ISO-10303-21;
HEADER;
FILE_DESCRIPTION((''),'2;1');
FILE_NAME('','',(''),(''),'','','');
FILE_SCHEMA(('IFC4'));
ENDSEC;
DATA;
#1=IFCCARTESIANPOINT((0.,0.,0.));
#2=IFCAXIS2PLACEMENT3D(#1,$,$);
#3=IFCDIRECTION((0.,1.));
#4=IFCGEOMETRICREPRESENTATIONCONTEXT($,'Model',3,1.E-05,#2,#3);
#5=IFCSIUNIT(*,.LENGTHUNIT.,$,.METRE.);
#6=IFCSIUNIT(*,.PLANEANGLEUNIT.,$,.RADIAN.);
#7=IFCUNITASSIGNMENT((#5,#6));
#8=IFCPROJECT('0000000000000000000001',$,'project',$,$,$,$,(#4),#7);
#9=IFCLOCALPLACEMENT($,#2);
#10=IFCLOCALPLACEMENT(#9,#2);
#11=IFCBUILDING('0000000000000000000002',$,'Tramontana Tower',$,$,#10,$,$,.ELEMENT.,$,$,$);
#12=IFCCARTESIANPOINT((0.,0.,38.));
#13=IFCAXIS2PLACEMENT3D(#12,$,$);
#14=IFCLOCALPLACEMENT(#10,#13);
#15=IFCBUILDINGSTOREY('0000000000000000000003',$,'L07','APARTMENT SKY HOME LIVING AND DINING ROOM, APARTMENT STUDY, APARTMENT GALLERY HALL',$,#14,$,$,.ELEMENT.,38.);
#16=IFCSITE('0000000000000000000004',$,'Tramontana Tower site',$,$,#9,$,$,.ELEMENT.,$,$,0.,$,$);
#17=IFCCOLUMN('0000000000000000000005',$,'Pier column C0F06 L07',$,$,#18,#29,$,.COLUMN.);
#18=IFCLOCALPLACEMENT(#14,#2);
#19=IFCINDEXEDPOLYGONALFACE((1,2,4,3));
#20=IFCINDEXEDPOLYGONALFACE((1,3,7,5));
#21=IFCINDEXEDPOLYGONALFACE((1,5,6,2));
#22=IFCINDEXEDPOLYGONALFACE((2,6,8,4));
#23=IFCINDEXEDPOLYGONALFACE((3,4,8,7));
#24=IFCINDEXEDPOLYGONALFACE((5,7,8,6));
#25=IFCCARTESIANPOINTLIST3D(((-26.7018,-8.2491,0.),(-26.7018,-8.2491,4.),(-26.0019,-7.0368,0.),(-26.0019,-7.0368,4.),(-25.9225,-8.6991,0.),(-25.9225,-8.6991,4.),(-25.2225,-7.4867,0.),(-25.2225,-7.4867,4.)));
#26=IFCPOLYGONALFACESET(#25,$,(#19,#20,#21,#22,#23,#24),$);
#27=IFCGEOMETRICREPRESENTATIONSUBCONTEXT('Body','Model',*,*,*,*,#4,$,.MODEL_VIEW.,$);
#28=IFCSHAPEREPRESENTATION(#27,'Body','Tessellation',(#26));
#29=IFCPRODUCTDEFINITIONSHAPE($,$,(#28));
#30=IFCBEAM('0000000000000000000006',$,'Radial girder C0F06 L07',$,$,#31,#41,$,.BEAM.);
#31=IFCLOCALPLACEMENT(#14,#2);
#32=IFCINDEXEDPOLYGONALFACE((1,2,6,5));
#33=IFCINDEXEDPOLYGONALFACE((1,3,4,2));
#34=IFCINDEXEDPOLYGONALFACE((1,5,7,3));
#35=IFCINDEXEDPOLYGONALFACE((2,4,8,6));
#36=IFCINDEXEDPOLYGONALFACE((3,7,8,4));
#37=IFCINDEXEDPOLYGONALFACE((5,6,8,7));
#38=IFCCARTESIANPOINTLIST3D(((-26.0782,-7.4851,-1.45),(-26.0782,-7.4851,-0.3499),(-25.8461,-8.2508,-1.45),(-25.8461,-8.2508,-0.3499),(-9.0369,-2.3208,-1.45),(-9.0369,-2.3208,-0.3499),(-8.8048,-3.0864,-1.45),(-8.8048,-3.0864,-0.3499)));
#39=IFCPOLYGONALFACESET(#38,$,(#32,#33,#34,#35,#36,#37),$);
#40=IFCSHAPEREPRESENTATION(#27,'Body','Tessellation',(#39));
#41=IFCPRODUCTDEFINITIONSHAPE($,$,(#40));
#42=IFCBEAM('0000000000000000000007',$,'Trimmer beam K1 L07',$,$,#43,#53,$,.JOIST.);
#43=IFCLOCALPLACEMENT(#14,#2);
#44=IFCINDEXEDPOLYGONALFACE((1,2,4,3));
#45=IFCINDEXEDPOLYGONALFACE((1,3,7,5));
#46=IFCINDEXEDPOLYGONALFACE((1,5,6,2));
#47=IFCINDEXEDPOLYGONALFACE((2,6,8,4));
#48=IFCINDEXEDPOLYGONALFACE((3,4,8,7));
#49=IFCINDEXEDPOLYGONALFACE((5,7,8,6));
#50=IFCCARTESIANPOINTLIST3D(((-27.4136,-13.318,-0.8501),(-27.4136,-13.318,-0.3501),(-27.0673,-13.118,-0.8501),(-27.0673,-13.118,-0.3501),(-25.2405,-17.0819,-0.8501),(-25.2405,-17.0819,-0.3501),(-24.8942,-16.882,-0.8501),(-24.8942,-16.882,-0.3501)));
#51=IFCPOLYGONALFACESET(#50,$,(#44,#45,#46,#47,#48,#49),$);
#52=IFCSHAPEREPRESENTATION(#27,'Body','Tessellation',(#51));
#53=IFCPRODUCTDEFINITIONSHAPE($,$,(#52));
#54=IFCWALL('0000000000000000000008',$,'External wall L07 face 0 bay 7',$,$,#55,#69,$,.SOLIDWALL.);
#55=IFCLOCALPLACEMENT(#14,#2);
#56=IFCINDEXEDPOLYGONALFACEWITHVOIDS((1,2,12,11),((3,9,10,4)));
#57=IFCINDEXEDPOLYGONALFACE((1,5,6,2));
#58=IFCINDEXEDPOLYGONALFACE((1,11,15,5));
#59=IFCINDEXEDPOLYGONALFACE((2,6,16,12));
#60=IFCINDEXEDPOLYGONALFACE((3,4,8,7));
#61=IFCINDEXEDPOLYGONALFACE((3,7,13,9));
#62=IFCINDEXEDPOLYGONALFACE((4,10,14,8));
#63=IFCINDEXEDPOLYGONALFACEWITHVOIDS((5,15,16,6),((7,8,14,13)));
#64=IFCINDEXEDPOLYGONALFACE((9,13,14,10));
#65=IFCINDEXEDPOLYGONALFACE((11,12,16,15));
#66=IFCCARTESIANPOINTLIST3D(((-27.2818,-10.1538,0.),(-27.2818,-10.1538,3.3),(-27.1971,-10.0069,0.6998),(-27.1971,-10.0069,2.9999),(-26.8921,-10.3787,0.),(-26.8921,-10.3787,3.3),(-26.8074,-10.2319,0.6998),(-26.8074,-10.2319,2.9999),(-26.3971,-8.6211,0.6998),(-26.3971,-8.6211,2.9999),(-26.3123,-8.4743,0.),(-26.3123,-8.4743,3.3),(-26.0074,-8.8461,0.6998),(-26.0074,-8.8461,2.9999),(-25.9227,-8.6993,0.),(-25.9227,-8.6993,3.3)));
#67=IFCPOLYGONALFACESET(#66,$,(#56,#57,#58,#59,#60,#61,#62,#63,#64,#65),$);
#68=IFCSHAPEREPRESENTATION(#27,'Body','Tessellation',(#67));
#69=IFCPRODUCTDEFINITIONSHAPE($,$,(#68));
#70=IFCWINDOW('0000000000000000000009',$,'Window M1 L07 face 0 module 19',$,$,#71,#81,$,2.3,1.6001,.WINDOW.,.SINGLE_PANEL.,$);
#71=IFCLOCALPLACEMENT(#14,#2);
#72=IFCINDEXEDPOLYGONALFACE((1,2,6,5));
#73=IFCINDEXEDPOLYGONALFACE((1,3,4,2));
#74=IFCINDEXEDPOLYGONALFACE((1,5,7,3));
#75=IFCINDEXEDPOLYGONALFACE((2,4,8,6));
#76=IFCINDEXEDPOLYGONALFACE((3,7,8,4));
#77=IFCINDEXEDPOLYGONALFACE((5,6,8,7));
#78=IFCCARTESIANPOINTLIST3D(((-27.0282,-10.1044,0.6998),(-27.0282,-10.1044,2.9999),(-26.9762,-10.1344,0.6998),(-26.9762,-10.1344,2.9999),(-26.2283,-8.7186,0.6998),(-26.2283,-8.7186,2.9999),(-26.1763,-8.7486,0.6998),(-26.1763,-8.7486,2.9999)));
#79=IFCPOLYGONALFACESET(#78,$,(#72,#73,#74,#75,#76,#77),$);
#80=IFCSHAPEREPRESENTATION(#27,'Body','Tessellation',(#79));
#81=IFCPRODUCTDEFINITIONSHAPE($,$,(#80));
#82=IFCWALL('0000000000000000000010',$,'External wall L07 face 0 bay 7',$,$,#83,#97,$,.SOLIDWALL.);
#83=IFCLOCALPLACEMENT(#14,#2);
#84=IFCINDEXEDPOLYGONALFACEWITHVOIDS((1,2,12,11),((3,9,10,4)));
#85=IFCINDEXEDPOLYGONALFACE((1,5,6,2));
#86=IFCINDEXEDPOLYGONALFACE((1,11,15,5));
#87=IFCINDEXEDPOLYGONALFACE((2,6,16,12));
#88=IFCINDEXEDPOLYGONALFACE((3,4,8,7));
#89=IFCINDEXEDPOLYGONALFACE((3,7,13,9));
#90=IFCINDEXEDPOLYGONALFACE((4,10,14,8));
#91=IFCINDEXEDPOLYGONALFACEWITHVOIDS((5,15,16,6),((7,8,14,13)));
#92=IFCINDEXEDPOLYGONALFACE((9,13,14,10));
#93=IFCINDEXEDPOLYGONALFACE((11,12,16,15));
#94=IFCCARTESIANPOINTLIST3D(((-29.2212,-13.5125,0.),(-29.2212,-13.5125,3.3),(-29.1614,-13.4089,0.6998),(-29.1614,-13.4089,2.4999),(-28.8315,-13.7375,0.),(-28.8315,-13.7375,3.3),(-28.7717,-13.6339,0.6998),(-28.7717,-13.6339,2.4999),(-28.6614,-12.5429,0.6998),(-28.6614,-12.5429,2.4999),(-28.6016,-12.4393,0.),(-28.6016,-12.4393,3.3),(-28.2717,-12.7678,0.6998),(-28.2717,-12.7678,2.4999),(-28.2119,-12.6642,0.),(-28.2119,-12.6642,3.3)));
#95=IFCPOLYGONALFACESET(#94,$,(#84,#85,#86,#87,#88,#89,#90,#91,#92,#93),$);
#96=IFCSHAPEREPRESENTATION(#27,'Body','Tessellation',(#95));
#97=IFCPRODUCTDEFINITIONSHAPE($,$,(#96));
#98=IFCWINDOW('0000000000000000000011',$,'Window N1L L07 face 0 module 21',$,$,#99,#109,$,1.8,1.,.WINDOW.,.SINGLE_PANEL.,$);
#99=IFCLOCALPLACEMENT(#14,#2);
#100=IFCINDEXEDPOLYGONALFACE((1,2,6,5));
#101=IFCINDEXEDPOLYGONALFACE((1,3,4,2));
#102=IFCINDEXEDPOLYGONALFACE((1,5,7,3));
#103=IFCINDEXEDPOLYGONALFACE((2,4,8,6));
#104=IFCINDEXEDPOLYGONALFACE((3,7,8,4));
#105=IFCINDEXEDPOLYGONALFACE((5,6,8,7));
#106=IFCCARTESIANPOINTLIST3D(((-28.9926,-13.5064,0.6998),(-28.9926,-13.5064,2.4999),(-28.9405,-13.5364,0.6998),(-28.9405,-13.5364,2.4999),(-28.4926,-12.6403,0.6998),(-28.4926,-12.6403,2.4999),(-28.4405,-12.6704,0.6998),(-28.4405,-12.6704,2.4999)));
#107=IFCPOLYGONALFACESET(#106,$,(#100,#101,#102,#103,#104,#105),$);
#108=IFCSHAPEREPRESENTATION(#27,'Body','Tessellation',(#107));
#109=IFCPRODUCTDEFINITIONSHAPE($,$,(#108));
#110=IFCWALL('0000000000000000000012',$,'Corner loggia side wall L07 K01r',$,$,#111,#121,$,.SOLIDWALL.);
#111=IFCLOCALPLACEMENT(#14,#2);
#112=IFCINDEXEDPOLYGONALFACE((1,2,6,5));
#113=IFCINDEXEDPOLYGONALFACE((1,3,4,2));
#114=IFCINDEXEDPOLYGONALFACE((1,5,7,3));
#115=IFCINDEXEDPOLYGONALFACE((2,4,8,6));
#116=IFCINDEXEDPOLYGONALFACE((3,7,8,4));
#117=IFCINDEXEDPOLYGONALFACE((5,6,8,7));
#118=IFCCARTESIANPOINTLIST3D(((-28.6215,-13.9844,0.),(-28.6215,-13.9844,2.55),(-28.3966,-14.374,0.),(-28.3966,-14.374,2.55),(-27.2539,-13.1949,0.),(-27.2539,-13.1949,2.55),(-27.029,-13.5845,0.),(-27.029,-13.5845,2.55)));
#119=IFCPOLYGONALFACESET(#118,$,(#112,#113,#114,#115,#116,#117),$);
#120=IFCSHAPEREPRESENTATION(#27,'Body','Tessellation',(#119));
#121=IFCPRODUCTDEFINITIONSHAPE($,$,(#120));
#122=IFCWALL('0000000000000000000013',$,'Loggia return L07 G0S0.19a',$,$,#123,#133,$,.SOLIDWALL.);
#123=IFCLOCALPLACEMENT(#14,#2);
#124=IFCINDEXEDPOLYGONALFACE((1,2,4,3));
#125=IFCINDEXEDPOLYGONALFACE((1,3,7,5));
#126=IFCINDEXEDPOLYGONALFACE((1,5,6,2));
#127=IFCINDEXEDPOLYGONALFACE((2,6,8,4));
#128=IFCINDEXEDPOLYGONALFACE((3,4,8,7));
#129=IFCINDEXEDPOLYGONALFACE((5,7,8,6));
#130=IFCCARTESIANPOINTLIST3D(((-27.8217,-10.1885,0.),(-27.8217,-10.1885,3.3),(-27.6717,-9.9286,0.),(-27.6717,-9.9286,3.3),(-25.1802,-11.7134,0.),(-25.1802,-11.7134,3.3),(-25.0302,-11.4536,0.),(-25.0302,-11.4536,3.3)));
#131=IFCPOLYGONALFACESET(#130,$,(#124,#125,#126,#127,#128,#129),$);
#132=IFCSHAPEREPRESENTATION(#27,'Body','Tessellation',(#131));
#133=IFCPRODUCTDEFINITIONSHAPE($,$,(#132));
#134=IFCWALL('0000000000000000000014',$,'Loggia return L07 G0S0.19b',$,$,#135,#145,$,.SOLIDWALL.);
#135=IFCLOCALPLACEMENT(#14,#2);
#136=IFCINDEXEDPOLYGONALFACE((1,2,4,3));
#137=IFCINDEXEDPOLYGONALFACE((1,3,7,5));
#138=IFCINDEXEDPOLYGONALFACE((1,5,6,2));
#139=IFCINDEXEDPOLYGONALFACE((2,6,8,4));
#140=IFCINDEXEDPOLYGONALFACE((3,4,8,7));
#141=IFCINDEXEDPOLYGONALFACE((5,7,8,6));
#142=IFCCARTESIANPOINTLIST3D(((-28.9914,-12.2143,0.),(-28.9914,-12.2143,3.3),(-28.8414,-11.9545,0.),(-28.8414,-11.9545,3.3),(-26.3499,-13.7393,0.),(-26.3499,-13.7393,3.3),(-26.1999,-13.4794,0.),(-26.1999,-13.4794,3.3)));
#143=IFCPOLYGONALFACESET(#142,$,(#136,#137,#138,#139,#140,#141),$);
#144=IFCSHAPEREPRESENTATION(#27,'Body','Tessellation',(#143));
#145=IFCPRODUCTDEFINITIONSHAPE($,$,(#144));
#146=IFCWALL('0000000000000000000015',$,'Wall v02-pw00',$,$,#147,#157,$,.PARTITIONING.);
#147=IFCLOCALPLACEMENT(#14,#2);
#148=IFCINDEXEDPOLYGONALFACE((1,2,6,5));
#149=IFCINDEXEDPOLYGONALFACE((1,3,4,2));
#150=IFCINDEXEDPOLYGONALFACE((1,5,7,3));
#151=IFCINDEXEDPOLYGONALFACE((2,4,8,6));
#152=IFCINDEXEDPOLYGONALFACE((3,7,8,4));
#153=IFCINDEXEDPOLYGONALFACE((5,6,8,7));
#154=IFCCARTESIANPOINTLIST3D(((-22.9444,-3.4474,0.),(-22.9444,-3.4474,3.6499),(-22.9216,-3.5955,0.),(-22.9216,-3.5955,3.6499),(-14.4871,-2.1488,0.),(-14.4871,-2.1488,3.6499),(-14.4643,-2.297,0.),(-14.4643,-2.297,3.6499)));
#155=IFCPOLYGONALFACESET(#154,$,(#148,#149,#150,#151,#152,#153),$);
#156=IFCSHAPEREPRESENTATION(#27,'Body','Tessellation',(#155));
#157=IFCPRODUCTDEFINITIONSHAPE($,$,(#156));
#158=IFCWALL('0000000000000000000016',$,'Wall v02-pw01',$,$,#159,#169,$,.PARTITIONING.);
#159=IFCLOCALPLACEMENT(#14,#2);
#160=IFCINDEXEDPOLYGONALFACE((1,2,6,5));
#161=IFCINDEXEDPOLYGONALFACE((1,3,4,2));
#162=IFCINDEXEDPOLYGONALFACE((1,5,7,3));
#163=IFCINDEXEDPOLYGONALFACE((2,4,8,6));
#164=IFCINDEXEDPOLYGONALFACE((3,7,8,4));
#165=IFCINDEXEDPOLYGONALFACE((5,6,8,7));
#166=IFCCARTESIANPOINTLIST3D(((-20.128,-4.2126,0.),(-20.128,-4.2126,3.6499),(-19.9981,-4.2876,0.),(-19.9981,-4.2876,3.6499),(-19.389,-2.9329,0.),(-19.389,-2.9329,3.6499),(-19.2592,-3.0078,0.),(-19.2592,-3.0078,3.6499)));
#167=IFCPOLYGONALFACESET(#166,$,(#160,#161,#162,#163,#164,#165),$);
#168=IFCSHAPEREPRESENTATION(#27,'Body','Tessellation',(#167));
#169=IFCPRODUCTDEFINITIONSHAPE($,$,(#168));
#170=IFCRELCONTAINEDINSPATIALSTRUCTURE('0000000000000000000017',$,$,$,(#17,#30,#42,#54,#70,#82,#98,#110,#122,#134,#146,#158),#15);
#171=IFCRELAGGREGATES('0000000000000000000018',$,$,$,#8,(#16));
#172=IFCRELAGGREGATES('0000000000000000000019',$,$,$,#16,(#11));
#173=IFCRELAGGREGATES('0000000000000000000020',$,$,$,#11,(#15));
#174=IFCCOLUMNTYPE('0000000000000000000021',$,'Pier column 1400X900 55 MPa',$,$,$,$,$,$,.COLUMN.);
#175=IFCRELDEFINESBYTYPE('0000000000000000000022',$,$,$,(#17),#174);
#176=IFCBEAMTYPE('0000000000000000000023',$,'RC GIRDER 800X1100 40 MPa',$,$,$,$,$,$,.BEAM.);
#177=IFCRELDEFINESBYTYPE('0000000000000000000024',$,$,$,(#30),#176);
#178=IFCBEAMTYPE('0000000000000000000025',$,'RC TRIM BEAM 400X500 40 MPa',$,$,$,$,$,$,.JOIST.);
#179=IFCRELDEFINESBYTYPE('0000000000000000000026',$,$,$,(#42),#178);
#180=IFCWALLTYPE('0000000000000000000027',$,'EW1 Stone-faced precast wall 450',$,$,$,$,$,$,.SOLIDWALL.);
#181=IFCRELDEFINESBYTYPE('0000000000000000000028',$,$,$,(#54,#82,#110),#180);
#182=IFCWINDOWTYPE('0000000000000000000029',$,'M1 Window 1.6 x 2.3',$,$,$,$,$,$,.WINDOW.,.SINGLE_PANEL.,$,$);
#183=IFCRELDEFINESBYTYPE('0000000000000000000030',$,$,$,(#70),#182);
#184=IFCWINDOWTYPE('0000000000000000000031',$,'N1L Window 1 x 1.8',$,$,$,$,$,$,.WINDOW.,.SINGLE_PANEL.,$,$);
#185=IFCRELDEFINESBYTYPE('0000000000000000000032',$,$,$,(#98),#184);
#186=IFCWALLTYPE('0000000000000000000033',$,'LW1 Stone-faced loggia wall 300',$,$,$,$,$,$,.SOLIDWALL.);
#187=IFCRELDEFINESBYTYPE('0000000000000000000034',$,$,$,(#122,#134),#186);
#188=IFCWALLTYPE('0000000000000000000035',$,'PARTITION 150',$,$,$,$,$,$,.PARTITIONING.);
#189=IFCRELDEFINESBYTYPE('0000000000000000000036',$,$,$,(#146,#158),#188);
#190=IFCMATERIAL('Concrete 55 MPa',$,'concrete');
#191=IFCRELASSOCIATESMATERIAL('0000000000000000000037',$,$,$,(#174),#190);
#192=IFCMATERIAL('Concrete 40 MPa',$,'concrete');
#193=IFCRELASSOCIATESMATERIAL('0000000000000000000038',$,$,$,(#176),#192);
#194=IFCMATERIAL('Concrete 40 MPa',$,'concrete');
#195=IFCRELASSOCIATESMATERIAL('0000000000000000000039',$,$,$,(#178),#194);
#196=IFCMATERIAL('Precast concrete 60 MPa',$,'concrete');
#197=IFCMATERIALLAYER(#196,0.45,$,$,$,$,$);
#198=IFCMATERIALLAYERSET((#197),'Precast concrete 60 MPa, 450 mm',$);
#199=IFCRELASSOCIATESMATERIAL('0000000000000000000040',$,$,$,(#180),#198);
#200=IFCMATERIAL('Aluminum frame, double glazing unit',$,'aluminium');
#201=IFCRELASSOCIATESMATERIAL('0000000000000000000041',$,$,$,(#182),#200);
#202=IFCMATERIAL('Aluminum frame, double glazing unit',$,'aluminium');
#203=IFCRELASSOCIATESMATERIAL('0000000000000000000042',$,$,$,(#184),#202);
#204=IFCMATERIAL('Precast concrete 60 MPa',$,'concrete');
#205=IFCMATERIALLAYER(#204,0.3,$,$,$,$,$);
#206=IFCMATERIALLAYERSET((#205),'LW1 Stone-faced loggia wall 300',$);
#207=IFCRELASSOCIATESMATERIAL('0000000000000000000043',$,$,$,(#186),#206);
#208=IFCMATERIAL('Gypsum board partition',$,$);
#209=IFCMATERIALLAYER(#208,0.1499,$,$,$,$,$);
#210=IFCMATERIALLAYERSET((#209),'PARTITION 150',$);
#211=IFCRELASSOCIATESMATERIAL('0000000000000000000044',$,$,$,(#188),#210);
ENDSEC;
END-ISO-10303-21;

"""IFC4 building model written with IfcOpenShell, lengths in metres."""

from ifc_helpers import new_model, si_unit, direction, frame, frame_2d, origin, origin_2d, place, context, subcontext, project, spatial, rectangle, extrude, material, layer, layer_set, material_profile, profile_set, type_object, element, fill, save


model = new_model("IFC4")

# Units and contexts
model_context = context("Model", 3, precision=1e-05, world=origin(), true_north=direction((0.0, 1.0)))
body_context = subcontext(model_context, "Body", "Model", "MODEL_VIEW")
ifc_project = project(units=[si_unit("LENGTHUNIT", "METRE"), si_unit("PLANEANGLEUNIT", "RADIAN")], contexts=[model_context])

# Site, building, storey
site_placement = place(None, origin())
site = spatial("IfcSite", under=ifc_project, at=site_placement, Name="Tramontana Tower site", CompositionType="ELEMENT", RefElevation=0.0)
building_placement = place(site_placement, origin())
building = spatial("IfcBuilding", under=site, at=building_placement, Name="Tramontana Tower", CompositionType="ELEMENT")
storey_placement = place(building_placement, frame((0.0, 0.0, 38.0)))
storey = spatial("IfcBuildingStorey", under=building, at=storey_placement, Name="L07", Description="APARTMENT SKY HOME LIVING AND DINING ROOM, APARTMENT STUDY, APARTMENT GALLERY HALL", CompositionType="ELEMENT", Elevation=38.0)

# Column
ifc_material_1 = material(Name="Concrete 55 MPa", Category="concrete")
ifc_material_profile_1 = material_profile(ifc_material_1, rectangle(XDim=1.3999, YDim=0.8999, at=origin_2d()), Name="Pier column 1400X900 55 MPa")
ifc_profile_set_1 = profile_set([ifc_material_profile_1], Name="Concrete 55 MPa")
column_type = type_object("IfcColumnType", Name="Pier column 1400X900 55 MPa", PredefinedType="COLUMN", material=ifc_profile_set_1)
column_placement = place(storey_placement, frame((-25.9622, -7.8679, 0.0), z_axis=(0.0, 0.0, 1.0), x_axis=(-0.5, -0.866025, 0.0)))
element("IfcColumn", 1, at=column_placement, inside=storey, type_object=column_type, Name="Pier column C0F06 L07", PredefinedType="COLUMN", context=body_context, shape_type="SweptSolid", body=[
    extrude(rectangle(XDim=1.3999, YDim=0.8999, at=origin_2d()), origin(), (0.0, 0.0, 1.0), 4.0),
])

# Beams
ifc_material_2 = material(Name="Concrete 40 MPa", Category="concrete")
ifc_material_profile_2 = material_profile(ifc_material_2, rectangle(XDim=0.8, YDim=1.1001, at=origin_2d()), Name="RC GIRDER 800X1100 40 MPa")
ifc_profile_set_2 = profile_set([ifc_material_profile_2], Name="Concrete 40 MPa")
beam_type_1 = type_object("IfcBeamType", Name="RC GIRDER 800X1100 40 MPa", PredefinedType="BEAM", material=ifc_profile_set_2)
beam_1_placement = place(storey_placement, frame((-25.9622, -7.8679, -0.8999), z_axis=(0.95702, 0.290022, 0.0), x_axis=(-0.290022, 0.95702, 0.0)))
element("IfcBeam", 2, at=beam_1_placement, inside=storey, type_object=beam_type_1, Name="Radial girder C0F06 L07", PredefinedType="BEAM", context=body_context, shape_type="SweptSolid", body=[
    extrude(rectangle(XDim=0.8, YDim=1.1001, at=origin_2d()), origin(), (0.0, 0.0, 1.0), 17.8066),
])
ifc_material_3 = material(Name="Concrete 40 MPa", Category="concrete")
ifc_material_profile_3 = material_profile(ifc_material_3, rectangle(XDim=0.3999, YDim=0.5, at=origin_2d()), Name="RC TRIM BEAM 400X500 40 MPa")
ifc_profile_set_3 = profile_set([ifc_material_profile_3], Name="Concrete 40 MPa")
beam_type_2 = type_object("IfcBeamType", Name="RC TRIM BEAM 400X500 40 MPa", PredefinedType="JOIST", material=ifc_profile_set_3)
beam_2_placement = place(storey_placement, frame((-27.2405, -13.218, -0.6001), z_axis=(0.5, -0.866026, 0.0), x_axis=(0.866026, 0.5, 0.0)))
element("IfcBeam", 3, at=beam_2_placement, inside=storey, type_object=beam_type_2, Name="Trimmer beam K1 L07", PredefinedType="JOIST", context=body_context, shape_type="SweptSolid", body=[
    extrude(rectangle(XDim=0.3999, YDim=0.5, at=origin_2d()), origin(), (0.0, 0.0, 1.0), 4.3462),
])

# Walls, openings, windows
ifc_material_4 = material(Name="Precast concrete 60 MPa", Category="concrete")
ifc_layer_1 = layer(ifc_material_4, 0.45)
ifc_layer_set_1 = layer_set([ifc_layer_1], Name="Precast concrete 60 MPa, 450 mm")
wall_type_1 = type_object("IfcWallType", Name="EW1 Stone-faced precast wall 450", PredefinedType="SOLIDWALL", material=ifc_layer_set_1)
wall_1_placement = place(storey_placement, frame((-26.1174, -8.5867, 0.0), z_axis=(0.0, 0.0, 1.0), x_axis=(-0.499944, -0.866058, 0.0)))
wall_1 = element("IfcWall", 4, at=wall_1_placement, inside=storey, type_object=wall_type_1, Name="External wall L07 face 0 bay 7", PredefinedType="SOLIDWALL", context=body_context, shape_type="SweptSolid", body=[
    extrude(rectangle(XDim=1.9392, YDim=0.45, at=frame_2d((0.9697, 0.0))), origin(), (0.0, 0.0, 1.0), 3.3),
])
opening_1_placement = place(wall_1_placement, frame((0.1697, 0.0, 0.7)))
opening_1 = element("IfcOpeningElement", 5, at=opening_1_placement, cuts=wall_1, PredefinedType="OPENING", context=body_context, shape_type="SweptSolid", body=[
    extrude(rectangle(XDim=1.6001, YDim=2.3, at=frame_2d((0.8, 1.1499))), frame((0.0, 0.2349, 0.0), z_axis=(0.0, -1.0, 0.0), x_axis=(1.0, 0.0, 0.0)), (0.0, 0.0, 1.0), 0.47),
])
ifc_material_5 = material(Name="Aluminum frame, double glazing unit", Category="aluminium")
window_type_1 = type_object("IfcWindowType", Name="M1 Window 1.6 x 2.3", PartitioningType="SINGLE_PANEL", PredefinedType="WINDOW", material=ifc_material_5)
window_1_placement = place(opening_1_placement, origin())
window_1 = element("IfcWindow", 6, at=window_1_placement, inside=storey, type_object=window_type_1, Name="Window M1 L07 face 0 module 19", OverallHeight=2.3, OverallWidth=1.6001, PartitioningType="SINGLE_PANEL", PredefinedType="WINDOW", context=body_context, shape_type="SweptSolid", body=[
    extrude(rectangle(XDim=1.6001, YDim=2.3, at=frame_2d((0.8, 1.1499))), frame((0.0, 0.03, 0.0), z_axis=(0.0, -1.0, 0.0), x_axis=(1.0, 0.0, 0.0)), (0.0, 0.0, 1.0), 0.0601),
])
fill(opening_1, window_1)
wall_2_placement = place(storey_placement, frame((-28.4067, -12.5518, 0.0), z_axis=(0.0, 0.0, 1.0), x_axis=(-0.499995, -0.866028, 0.0)))
wall_2 = element("IfcWall", 7, at=wall_2_placement, inside=storey, type_object=wall_type_1, Name="External wall L07 face 0 bay 7", PredefinedType="SOLIDWALL", context=body_context, shape_type="SweptSolid", body=[
    extrude(rectangle(XDim=1.2393, YDim=0.45, at=frame_2d((0.6196, 0.0))), origin(), (0.0, 0.0, 1.0), 3.3),
])
opening_2_placement = place(wall_2_placement, frame((0.1196, 0.0, 0.7)))
opening_2 = element("IfcOpeningElement", 8, at=opening_2_placement, cuts=wall_2, PredefinedType="OPENING", context=body_context, shape_type="SweptSolid", body=[
    extrude(rectangle(XDim=1.0, YDim=1.8, at=frame_2d((0.5, 0.8999))), frame((0.0, 0.2349, 0.0), z_axis=(0.0, -1.0, 0.0), x_axis=(1.0, 0.0, 0.0)), (0.0, 0.0, 1.0), 0.47),
])
ifc_material_6 = material(Name="Aluminum frame, double glazing unit", Category="aluminium")
window_type_2 = type_object("IfcWindowType", Name="N1L Window 1 x 1.8", PartitioningType="SINGLE_PANEL", PredefinedType="WINDOW", material=ifc_material_6)
window_2_placement = place(opening_2_placement, origin())
window_2 = element("IfcWindow", 9, at=window_2_placement, inside=storey, type_object=window_type_2, Name="Window N1L L07 face 0 module 21", OverallHeight=1.8, OverallWidth=1.0, PartitioningType="SINGLE_PANEL", PredefinedType="WINDOW", context=body_context, shape_type="SweptSolid", body=[
    extrude(rectangle(XDim=1.0, YDim=1.8, at=frame_2d((0.5, 0.8999))), frame((0.0, 0.03, 0.0), z_axis=(0.0, -1.0, 0.0), x_axis=(1.0, 0.0, 0.0)), (0.0, 0.0, 1.0), 0.0601),
])
fill(opening_2, window_2)

# Wall
wall_3_placement = place(storey_placement, frame((-28.509, -14.1792, 0.0), z_axis=(0.0, 0.0, 1.0), x_axis=(0.866047, 0.499963, 0.0)))
element("IfcWall", 10, at=wall_3_placement, inside=storey, type_object=wall_type_1, Name="Corner loggia side wall L07 K01r", PredefinedType="SOLIDWALL", context=body_context, shape_type="SweptSolid", body=[
    extrude(rectangle(XDim=1.5791, YDim=0.45, at=frame_2d((0.7896, 0.0))), origin(), (0.0, 0.0, 1.0), 2.55),
])

# Shared definitions
ifc_material_7 = material(Name="Precast concrete 60 MPa", Category="concrete")
ifc_layer_2 = layer(ifc_material_7, 0.3)
ifc_layer_set_2 = layer_set([ifc_layer_2], Name="LW1 Stone-faced loggia wall 300")
wall_type_2 = type_object("IfcWallType", Name="LW1 Stone-faced loggia wall 300", PredefinedType="SOLIDWALL", material=ifc_layer_set_2)

# Walls
for number, where, z_axis, x_axis, name in (
    (11, (-27.7466, -10.0586, 0.0), (0.0, 0.0, 1.0), (0.866038, -0.499979, 0.0), "Loggia return L07 G0S0.19a"),
    (12, (-28.9163, -12.0845, 0.0), (0.0, 0.0, 1.0), (0.866038, -0.499979, 0.0), "Loggia return L07 G0S0.19b"),
):
    element("IfcWall", number, at=place(storey_placement, frame(where, z_axis=z_axis, x_axis=x_axis)), inside=storey, type_object=wall_type_2, Name=name, PredefinedType="SOLIDWALL", context=body_context, shape_type="SweptSolid", body=[
        extrude(rectangle(XDim=3.05, YDim=0.3, at=frame_2d((1.5249, 0.0))), origin(), (0.0, 0.0, 1.0), 3.3),
    ])
ifc_material_8 = material(Name="Gypsum board partition")
ifc_layer_3 = layer(ifc_material_8, 0.1499)
ifc_layer_set_3 = layer_set([ifc_layer_3], Name="PARTITION 150")
wall_type_3 = type_object("IfcWallType", Name="PARTITION 150", PredefinedType="PARTITIONING", material=ifc_layer_set_3)
wall_4_placement = place(storey_placement, frame((-22.9331, -3.5215, 0.0), z_axis=(0.0, 0.0, 1.0), x_axis=(0.988416, 0.151768, 0.0)))
element("IfcWall", 13, at=wall_4_placement, inside=storey, type_object=wall_type_3, Name="Wall v02-pw00", PredefinedType="PARTITIONING", context=body_context, shape_type="SweptSolid", body=[
    extrude(rectangle(XDim=8.5564, YDim=0.1499, at=frame_2d((4.2783, 0.0))), origin(), (0.0, 0.0, 1.0), 3.6499),
])
wall_5_placement = place(storey_placement, frame((-20.063, -4.25, 0.0), z_axis=(0.0, 0.0, 1.0), x_axis=(0.500066, 0.865987, 0.0)))
element("IfcWall", 14, at=wall_5_placement, inside=storey, type_object=wall_type_3, Name="Wall v02-pw01", PredefinedType="PARTITIONING", context=body_context, shape_type="SweptSolid", body=[
    extrude(rectangle(XDim=1.4778, YDim=0.1499, at=frame_2d((0.7388, 0.0))), origin(), (0.0, 0.0, 1.0), 3.6499),
])

save(model, "model.ifc")
